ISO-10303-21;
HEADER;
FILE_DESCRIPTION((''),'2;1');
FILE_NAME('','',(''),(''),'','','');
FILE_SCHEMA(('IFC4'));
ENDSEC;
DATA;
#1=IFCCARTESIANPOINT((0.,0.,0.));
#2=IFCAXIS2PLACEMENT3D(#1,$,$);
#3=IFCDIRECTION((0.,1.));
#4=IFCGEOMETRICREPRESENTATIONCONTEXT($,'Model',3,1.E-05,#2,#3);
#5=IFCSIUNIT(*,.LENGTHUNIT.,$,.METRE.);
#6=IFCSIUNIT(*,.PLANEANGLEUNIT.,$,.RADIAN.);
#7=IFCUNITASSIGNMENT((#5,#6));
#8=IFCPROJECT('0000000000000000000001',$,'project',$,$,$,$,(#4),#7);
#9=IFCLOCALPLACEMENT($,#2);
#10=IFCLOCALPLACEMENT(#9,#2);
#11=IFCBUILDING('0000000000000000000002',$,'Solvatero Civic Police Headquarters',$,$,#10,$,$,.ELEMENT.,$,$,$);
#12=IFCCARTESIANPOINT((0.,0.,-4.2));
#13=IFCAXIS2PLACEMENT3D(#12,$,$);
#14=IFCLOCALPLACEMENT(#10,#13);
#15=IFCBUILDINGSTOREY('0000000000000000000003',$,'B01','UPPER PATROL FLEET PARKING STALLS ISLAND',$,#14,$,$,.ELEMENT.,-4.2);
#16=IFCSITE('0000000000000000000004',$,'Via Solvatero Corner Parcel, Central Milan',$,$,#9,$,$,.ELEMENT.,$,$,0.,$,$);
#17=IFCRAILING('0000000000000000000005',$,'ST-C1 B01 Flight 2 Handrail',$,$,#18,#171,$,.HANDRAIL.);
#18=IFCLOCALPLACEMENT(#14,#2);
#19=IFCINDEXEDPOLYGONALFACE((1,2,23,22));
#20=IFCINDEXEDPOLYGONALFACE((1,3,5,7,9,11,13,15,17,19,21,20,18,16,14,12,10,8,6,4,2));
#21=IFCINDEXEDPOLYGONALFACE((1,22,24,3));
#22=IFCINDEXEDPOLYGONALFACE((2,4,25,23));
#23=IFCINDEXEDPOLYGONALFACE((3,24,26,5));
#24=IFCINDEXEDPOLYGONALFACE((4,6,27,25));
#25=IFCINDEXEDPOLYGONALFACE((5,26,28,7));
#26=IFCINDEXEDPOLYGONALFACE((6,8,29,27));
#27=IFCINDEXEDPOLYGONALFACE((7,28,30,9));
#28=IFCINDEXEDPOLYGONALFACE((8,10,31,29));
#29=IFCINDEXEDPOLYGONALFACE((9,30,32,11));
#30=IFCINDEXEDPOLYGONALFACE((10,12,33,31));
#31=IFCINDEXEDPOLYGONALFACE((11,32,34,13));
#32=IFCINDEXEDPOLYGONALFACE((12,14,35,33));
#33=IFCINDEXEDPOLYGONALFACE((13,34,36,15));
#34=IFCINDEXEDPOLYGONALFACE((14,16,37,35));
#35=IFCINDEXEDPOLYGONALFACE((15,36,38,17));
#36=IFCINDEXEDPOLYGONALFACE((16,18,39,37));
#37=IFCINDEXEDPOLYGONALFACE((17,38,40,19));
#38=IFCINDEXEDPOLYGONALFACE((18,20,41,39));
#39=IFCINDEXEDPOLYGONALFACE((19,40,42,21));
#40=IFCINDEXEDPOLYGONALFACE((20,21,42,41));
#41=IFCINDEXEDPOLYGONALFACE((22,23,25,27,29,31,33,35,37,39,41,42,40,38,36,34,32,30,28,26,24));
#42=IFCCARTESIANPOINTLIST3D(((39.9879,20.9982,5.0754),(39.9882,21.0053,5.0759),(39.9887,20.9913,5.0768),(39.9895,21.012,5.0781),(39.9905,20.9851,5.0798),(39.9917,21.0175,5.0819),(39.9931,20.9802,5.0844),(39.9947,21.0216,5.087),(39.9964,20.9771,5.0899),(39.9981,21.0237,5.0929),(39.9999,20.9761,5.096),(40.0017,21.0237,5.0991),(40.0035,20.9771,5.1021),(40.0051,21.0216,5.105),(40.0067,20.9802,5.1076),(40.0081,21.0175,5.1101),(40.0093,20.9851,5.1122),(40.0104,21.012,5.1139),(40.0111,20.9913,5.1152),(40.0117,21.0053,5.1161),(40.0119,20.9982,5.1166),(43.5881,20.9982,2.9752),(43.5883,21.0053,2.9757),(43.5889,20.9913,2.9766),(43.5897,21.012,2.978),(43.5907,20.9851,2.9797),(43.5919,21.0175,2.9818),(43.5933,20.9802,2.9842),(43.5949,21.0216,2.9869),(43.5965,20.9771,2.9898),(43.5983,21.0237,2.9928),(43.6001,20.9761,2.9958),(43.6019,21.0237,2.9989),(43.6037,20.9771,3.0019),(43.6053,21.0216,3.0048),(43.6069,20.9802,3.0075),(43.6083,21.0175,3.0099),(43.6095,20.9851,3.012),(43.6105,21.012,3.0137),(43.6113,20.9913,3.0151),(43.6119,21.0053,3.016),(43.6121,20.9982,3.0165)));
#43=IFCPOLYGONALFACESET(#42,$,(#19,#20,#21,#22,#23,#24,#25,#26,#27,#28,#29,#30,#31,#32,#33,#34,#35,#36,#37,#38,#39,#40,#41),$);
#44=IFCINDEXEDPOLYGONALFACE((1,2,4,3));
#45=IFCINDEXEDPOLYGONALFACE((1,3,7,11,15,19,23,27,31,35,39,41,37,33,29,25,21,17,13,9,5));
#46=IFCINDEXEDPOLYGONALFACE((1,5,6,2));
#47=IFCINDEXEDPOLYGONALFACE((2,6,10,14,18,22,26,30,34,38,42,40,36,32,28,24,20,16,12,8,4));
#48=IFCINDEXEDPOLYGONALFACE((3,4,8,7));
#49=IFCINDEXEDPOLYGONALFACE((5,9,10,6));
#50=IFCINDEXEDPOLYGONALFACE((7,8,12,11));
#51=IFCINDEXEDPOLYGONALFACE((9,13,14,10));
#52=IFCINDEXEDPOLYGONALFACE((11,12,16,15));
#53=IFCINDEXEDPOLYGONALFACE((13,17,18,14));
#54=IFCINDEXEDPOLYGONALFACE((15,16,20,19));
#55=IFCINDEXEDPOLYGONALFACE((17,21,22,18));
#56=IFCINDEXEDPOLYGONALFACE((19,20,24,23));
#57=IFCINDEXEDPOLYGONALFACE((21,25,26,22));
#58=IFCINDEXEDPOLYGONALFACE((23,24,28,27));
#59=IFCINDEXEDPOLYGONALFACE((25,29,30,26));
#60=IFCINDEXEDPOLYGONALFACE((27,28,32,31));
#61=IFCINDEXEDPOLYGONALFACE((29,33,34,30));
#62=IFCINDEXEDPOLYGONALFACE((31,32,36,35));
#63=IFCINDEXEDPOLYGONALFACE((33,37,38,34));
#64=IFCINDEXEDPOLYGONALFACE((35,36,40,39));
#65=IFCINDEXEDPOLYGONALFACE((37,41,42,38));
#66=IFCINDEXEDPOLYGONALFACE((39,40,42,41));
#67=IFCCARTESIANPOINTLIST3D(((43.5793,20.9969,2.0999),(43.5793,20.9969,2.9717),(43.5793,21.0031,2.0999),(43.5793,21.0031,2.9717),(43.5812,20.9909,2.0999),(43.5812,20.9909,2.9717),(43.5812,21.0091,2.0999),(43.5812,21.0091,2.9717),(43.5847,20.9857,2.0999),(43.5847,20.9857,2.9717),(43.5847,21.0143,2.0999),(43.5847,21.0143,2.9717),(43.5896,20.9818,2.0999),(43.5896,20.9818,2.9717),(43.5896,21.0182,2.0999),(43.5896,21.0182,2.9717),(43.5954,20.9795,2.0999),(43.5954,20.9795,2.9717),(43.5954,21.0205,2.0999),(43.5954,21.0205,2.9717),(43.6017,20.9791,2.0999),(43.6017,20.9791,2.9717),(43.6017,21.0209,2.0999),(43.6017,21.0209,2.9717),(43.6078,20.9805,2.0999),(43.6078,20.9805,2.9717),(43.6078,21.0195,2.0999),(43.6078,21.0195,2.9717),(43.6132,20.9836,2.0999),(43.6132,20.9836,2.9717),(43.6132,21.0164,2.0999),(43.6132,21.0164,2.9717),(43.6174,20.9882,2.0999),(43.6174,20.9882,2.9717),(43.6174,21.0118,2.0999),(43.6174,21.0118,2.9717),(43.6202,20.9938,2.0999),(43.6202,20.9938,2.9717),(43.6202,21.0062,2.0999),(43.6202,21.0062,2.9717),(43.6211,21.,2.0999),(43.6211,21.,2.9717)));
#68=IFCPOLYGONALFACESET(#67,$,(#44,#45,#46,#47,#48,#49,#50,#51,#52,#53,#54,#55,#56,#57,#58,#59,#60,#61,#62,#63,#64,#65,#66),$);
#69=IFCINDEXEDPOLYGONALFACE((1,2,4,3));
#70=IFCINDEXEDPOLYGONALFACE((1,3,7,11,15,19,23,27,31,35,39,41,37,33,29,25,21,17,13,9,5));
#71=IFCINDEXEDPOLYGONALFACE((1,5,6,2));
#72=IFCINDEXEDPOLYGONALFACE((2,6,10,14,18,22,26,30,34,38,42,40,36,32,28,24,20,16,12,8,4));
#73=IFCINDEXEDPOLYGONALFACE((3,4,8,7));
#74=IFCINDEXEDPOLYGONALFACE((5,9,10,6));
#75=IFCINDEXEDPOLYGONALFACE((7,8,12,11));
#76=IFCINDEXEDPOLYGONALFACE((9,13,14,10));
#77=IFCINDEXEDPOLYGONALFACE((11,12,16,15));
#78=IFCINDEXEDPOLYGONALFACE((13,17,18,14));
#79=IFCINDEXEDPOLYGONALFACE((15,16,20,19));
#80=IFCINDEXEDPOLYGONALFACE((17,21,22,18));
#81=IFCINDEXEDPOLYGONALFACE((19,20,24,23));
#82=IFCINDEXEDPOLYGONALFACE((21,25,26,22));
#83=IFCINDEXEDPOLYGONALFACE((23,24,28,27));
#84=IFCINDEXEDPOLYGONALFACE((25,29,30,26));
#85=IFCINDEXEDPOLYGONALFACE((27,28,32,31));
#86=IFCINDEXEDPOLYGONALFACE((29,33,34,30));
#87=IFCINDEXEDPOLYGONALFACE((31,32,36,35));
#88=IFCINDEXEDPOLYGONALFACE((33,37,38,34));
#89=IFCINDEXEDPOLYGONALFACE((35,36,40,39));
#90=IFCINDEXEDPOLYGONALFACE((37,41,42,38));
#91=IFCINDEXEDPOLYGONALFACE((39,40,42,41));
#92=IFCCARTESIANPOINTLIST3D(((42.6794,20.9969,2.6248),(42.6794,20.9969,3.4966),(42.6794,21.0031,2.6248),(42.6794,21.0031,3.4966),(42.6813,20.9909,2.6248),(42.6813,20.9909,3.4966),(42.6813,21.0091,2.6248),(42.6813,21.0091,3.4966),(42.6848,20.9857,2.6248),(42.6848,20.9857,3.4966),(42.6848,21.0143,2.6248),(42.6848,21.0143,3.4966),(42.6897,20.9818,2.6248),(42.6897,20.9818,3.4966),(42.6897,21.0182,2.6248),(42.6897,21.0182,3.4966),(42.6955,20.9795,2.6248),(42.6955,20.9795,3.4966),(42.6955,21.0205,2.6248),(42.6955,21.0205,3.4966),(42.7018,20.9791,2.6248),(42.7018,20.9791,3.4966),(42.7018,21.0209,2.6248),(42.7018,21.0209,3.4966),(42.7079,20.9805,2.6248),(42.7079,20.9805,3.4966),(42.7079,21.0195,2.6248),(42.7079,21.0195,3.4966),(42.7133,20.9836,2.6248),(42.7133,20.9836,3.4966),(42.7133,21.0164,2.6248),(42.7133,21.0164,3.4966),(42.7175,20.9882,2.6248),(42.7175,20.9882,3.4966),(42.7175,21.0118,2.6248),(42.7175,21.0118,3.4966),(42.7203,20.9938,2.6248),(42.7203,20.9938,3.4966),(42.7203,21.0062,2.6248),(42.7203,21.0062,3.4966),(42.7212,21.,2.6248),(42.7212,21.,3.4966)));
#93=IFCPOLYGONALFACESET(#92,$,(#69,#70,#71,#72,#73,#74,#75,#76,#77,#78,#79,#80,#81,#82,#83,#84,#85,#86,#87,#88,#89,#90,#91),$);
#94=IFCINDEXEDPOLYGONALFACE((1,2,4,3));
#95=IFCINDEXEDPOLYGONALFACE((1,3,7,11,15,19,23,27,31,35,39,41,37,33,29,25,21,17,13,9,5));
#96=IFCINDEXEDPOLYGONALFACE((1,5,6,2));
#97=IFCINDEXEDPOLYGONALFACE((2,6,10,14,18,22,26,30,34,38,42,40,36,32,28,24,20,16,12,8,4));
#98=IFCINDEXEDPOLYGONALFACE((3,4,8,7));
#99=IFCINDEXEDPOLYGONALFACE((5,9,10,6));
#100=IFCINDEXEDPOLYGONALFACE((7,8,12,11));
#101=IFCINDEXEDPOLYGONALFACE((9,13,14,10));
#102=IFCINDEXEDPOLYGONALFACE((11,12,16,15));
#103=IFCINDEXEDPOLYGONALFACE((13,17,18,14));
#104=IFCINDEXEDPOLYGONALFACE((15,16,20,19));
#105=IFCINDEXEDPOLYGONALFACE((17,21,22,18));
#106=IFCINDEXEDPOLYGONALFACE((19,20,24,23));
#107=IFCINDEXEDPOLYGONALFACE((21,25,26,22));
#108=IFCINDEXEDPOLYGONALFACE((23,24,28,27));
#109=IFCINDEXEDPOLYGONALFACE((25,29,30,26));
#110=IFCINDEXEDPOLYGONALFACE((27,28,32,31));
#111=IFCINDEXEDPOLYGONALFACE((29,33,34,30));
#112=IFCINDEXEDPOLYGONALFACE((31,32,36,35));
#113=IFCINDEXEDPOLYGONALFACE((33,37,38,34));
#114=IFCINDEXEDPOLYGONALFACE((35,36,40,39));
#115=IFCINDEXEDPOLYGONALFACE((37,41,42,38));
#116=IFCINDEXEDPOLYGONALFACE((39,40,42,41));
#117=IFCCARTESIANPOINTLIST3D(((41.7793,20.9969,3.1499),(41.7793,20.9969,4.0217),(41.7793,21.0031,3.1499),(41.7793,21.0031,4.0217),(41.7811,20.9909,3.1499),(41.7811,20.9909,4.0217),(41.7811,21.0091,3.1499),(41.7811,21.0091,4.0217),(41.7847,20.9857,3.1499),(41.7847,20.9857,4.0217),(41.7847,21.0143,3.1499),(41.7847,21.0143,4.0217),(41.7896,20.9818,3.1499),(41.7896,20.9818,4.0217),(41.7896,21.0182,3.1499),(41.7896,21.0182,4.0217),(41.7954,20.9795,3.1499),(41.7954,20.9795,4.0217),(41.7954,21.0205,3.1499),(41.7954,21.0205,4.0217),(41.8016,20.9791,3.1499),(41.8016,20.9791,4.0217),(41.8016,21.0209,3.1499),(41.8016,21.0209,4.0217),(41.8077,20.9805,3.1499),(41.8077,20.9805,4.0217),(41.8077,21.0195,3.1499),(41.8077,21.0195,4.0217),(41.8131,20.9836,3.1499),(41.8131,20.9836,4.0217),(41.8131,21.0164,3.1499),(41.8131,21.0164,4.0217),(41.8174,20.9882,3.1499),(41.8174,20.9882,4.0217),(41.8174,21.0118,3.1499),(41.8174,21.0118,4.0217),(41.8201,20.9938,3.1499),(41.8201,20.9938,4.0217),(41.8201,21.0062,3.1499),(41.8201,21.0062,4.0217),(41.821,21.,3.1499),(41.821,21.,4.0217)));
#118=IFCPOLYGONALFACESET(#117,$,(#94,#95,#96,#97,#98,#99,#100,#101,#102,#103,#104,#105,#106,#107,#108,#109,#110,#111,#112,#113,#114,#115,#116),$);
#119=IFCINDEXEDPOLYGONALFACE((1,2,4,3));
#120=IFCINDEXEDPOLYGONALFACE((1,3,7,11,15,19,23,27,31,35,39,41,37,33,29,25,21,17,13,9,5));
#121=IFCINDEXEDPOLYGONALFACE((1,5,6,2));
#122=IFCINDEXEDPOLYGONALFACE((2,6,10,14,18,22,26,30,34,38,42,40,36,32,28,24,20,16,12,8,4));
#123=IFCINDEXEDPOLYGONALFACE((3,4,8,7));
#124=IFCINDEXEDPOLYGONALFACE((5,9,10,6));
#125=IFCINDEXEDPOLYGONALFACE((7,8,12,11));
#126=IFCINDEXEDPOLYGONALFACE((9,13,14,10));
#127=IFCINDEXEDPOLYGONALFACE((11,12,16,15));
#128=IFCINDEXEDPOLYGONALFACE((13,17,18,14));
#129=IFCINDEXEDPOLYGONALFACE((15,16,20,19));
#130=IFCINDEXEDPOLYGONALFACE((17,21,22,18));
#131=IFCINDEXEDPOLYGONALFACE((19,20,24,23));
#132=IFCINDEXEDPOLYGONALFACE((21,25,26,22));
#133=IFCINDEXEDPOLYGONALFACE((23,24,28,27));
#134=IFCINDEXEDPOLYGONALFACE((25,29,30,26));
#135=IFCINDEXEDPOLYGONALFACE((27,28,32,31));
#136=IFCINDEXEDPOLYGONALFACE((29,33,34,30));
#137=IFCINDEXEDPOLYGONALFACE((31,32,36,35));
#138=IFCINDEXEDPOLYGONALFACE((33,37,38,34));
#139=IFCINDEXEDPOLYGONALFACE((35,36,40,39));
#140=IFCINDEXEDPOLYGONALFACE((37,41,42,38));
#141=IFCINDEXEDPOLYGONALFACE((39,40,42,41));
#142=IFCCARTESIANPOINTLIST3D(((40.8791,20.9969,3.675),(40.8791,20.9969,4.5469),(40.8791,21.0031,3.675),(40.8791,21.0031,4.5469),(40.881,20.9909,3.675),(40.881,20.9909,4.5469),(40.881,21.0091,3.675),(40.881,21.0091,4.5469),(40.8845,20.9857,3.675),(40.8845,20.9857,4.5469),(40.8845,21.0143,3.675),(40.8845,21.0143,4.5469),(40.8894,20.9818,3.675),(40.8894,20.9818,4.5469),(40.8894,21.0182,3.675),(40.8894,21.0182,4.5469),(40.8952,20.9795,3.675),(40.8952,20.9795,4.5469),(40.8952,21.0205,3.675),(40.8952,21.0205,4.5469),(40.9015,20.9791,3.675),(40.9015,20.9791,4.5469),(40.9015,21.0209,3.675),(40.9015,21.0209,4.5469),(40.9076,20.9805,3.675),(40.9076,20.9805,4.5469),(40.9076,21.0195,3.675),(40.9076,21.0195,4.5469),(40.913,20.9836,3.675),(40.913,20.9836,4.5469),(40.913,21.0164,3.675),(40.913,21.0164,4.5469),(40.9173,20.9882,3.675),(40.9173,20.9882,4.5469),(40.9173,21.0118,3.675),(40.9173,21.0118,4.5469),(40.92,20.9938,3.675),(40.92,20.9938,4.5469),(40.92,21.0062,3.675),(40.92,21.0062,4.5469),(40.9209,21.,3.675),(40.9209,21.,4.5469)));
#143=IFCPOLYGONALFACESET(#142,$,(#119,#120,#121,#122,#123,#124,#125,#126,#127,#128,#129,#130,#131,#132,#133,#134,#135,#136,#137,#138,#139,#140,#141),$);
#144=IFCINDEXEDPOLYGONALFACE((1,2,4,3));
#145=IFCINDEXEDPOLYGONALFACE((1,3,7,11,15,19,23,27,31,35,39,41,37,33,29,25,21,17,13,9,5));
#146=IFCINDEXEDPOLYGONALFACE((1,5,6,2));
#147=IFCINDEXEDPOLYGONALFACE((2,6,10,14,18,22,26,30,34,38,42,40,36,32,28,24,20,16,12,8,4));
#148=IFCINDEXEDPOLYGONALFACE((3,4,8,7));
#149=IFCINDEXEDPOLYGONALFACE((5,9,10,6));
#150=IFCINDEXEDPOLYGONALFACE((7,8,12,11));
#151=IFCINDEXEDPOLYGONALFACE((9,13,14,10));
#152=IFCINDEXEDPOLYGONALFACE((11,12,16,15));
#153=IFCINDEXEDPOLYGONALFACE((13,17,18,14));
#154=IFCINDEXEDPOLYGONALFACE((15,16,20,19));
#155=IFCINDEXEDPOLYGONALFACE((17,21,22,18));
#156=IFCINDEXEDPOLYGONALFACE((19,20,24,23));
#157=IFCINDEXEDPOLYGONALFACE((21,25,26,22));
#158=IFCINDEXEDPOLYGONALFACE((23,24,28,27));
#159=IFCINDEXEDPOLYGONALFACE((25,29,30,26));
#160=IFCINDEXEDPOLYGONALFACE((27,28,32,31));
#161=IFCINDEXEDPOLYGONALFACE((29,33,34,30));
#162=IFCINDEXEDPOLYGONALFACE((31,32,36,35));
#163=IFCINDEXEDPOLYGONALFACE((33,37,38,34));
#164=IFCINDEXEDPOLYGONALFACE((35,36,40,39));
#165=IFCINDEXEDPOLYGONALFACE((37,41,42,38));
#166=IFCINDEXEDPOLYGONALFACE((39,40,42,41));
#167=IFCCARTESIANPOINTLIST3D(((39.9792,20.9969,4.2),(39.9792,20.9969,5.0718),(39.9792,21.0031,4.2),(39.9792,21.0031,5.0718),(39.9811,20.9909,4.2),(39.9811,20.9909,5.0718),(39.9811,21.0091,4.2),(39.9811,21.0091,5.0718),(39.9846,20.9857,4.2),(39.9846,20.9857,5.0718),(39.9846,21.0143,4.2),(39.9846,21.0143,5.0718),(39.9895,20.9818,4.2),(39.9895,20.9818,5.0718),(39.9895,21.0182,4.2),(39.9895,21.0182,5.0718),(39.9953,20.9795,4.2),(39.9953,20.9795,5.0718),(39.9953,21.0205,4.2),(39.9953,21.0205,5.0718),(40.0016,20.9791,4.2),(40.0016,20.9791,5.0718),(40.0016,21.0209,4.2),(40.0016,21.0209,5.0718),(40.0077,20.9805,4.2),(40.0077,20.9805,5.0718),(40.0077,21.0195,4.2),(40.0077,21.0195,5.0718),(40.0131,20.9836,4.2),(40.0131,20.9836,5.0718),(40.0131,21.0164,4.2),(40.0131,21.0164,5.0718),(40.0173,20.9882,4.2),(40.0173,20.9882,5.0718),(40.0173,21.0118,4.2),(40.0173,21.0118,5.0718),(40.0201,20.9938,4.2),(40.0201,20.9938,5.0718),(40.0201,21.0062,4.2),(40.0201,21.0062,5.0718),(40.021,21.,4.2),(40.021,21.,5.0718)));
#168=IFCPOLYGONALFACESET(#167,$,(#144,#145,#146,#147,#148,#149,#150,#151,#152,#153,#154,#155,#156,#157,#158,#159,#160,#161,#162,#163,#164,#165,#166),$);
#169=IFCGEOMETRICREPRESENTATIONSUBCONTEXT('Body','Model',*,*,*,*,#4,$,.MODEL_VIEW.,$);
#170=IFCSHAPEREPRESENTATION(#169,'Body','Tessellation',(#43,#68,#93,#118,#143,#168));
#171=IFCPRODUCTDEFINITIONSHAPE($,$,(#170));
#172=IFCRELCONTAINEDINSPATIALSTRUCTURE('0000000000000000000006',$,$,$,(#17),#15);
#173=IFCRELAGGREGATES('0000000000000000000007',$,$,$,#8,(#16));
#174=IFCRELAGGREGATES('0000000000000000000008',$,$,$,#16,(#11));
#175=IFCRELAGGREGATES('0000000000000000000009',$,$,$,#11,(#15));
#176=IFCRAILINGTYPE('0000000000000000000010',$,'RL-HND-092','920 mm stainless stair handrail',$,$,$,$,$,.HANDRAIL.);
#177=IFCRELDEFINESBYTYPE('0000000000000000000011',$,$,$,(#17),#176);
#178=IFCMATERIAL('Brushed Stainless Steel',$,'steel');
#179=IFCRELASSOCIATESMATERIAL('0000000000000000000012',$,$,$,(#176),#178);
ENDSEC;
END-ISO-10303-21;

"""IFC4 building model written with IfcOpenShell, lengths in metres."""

from ifc_helpers import new_model, si_unit, direction, frame, origin, origin_2d, place, context, subcontext, project, spatial, circle, extrude, material, type_object, element, save


model = new_model("IFC4")

# Units and contexts
model_context = context("Model", 3, precision=1e-05, world=origin(), true_north=direction((0.0, 1.0)))
body_context = subcontext(model_context, "Body", "Model", "MODEL_VIEW")
ifc_project = project(units=[si_unit("LENGTHUNIT", "METRE"), si_unit("PLANEANGLEUNIT", "RADIAN")], contexts=[model_context])

# Site, building, storey
site_placement = place(None, origin())
site = spatial("IfcSite", under=ifc_project, at=site_placement, Name="Via Solvatero Corner Parcel, Central Milan", CompositionType="ELEMENT", RefElevation=0.0)
building_placement = place(site_placement, origin())
building = spatial("IfcBuilding", under=site, at=building_placement, Name="Solvatero Civic Police Headquarters", CompositionType="ELEMENT")
storey_placement = place(building_placement, frame((0.0, 0.0, -4.2)))
storey = spatial("IfcBuildingStorey", under=building, at=storey_placement, Name="B01", Description="UPPER PATROL FLEET PARKING STALLS ISLAND", CompositionType="ELEMENT", Elevation=-4.2)

# Railing
ifc_material_1 = material(Name="Brushed Stainless Steel", Category="steel")
railing_type_1 = type_object("IfcRailingType", Name="RL-HND-092", Description="920 mm stainless stair handrail", PredefinedType="HANDRAIL", material=ifc_material_1)
railing_1_placement = place(storey_placement, frame((43.6001, 21.0, 2.0999)))
element("IfcRailing", 1, at=railing_1_placement, inside=storey, type_object=railing_type_1, Name="ST-C1 B01 Flight 2 Handrail", PredefinedType="HANDRAIL", context=body_context, shape_type="SweptSolid", body=[
    extrude(circle(Radius=0.0239, at=origin_2d()), frame((0.0, 0.0, 0.896), z_axis=(-0.863775, 0.0, 0.503878), x_axis=(0.0, -1.0, 0.0)), (0.0, 0.0, 1.0), 4.168),
    extrude(circle(Radius=0.021, at=origin_2d()), origin(), (0.0, 0.0, 1.0), 0.8718),
    extrude(circle(Radius=0.021, at=origin_2d()), frame((-0.8999, 0.0, 0.5249)), (0.0, 0.0, 1.0), 0.8718),
    extrude(circle(Radius=0.021, at=origin_2d()), frame((-1.8, 0.0, 1.05)), (0.0, 0.0, 1.0), 0.8718),
    extrude(circle(Radius=0.021, at=origin_2d()), frame((-2.7002, 0.0, 1.5752)), (0.0, 0.0, 1.0), 0.8718),
    extrude(circle(Radius=0.021, at=origin_2d()), frame((-3.6001, 0.0, 2.1001)), (0.0, 0.0, 1.0), 0.8718),
])

save(model, "model.ifc")
